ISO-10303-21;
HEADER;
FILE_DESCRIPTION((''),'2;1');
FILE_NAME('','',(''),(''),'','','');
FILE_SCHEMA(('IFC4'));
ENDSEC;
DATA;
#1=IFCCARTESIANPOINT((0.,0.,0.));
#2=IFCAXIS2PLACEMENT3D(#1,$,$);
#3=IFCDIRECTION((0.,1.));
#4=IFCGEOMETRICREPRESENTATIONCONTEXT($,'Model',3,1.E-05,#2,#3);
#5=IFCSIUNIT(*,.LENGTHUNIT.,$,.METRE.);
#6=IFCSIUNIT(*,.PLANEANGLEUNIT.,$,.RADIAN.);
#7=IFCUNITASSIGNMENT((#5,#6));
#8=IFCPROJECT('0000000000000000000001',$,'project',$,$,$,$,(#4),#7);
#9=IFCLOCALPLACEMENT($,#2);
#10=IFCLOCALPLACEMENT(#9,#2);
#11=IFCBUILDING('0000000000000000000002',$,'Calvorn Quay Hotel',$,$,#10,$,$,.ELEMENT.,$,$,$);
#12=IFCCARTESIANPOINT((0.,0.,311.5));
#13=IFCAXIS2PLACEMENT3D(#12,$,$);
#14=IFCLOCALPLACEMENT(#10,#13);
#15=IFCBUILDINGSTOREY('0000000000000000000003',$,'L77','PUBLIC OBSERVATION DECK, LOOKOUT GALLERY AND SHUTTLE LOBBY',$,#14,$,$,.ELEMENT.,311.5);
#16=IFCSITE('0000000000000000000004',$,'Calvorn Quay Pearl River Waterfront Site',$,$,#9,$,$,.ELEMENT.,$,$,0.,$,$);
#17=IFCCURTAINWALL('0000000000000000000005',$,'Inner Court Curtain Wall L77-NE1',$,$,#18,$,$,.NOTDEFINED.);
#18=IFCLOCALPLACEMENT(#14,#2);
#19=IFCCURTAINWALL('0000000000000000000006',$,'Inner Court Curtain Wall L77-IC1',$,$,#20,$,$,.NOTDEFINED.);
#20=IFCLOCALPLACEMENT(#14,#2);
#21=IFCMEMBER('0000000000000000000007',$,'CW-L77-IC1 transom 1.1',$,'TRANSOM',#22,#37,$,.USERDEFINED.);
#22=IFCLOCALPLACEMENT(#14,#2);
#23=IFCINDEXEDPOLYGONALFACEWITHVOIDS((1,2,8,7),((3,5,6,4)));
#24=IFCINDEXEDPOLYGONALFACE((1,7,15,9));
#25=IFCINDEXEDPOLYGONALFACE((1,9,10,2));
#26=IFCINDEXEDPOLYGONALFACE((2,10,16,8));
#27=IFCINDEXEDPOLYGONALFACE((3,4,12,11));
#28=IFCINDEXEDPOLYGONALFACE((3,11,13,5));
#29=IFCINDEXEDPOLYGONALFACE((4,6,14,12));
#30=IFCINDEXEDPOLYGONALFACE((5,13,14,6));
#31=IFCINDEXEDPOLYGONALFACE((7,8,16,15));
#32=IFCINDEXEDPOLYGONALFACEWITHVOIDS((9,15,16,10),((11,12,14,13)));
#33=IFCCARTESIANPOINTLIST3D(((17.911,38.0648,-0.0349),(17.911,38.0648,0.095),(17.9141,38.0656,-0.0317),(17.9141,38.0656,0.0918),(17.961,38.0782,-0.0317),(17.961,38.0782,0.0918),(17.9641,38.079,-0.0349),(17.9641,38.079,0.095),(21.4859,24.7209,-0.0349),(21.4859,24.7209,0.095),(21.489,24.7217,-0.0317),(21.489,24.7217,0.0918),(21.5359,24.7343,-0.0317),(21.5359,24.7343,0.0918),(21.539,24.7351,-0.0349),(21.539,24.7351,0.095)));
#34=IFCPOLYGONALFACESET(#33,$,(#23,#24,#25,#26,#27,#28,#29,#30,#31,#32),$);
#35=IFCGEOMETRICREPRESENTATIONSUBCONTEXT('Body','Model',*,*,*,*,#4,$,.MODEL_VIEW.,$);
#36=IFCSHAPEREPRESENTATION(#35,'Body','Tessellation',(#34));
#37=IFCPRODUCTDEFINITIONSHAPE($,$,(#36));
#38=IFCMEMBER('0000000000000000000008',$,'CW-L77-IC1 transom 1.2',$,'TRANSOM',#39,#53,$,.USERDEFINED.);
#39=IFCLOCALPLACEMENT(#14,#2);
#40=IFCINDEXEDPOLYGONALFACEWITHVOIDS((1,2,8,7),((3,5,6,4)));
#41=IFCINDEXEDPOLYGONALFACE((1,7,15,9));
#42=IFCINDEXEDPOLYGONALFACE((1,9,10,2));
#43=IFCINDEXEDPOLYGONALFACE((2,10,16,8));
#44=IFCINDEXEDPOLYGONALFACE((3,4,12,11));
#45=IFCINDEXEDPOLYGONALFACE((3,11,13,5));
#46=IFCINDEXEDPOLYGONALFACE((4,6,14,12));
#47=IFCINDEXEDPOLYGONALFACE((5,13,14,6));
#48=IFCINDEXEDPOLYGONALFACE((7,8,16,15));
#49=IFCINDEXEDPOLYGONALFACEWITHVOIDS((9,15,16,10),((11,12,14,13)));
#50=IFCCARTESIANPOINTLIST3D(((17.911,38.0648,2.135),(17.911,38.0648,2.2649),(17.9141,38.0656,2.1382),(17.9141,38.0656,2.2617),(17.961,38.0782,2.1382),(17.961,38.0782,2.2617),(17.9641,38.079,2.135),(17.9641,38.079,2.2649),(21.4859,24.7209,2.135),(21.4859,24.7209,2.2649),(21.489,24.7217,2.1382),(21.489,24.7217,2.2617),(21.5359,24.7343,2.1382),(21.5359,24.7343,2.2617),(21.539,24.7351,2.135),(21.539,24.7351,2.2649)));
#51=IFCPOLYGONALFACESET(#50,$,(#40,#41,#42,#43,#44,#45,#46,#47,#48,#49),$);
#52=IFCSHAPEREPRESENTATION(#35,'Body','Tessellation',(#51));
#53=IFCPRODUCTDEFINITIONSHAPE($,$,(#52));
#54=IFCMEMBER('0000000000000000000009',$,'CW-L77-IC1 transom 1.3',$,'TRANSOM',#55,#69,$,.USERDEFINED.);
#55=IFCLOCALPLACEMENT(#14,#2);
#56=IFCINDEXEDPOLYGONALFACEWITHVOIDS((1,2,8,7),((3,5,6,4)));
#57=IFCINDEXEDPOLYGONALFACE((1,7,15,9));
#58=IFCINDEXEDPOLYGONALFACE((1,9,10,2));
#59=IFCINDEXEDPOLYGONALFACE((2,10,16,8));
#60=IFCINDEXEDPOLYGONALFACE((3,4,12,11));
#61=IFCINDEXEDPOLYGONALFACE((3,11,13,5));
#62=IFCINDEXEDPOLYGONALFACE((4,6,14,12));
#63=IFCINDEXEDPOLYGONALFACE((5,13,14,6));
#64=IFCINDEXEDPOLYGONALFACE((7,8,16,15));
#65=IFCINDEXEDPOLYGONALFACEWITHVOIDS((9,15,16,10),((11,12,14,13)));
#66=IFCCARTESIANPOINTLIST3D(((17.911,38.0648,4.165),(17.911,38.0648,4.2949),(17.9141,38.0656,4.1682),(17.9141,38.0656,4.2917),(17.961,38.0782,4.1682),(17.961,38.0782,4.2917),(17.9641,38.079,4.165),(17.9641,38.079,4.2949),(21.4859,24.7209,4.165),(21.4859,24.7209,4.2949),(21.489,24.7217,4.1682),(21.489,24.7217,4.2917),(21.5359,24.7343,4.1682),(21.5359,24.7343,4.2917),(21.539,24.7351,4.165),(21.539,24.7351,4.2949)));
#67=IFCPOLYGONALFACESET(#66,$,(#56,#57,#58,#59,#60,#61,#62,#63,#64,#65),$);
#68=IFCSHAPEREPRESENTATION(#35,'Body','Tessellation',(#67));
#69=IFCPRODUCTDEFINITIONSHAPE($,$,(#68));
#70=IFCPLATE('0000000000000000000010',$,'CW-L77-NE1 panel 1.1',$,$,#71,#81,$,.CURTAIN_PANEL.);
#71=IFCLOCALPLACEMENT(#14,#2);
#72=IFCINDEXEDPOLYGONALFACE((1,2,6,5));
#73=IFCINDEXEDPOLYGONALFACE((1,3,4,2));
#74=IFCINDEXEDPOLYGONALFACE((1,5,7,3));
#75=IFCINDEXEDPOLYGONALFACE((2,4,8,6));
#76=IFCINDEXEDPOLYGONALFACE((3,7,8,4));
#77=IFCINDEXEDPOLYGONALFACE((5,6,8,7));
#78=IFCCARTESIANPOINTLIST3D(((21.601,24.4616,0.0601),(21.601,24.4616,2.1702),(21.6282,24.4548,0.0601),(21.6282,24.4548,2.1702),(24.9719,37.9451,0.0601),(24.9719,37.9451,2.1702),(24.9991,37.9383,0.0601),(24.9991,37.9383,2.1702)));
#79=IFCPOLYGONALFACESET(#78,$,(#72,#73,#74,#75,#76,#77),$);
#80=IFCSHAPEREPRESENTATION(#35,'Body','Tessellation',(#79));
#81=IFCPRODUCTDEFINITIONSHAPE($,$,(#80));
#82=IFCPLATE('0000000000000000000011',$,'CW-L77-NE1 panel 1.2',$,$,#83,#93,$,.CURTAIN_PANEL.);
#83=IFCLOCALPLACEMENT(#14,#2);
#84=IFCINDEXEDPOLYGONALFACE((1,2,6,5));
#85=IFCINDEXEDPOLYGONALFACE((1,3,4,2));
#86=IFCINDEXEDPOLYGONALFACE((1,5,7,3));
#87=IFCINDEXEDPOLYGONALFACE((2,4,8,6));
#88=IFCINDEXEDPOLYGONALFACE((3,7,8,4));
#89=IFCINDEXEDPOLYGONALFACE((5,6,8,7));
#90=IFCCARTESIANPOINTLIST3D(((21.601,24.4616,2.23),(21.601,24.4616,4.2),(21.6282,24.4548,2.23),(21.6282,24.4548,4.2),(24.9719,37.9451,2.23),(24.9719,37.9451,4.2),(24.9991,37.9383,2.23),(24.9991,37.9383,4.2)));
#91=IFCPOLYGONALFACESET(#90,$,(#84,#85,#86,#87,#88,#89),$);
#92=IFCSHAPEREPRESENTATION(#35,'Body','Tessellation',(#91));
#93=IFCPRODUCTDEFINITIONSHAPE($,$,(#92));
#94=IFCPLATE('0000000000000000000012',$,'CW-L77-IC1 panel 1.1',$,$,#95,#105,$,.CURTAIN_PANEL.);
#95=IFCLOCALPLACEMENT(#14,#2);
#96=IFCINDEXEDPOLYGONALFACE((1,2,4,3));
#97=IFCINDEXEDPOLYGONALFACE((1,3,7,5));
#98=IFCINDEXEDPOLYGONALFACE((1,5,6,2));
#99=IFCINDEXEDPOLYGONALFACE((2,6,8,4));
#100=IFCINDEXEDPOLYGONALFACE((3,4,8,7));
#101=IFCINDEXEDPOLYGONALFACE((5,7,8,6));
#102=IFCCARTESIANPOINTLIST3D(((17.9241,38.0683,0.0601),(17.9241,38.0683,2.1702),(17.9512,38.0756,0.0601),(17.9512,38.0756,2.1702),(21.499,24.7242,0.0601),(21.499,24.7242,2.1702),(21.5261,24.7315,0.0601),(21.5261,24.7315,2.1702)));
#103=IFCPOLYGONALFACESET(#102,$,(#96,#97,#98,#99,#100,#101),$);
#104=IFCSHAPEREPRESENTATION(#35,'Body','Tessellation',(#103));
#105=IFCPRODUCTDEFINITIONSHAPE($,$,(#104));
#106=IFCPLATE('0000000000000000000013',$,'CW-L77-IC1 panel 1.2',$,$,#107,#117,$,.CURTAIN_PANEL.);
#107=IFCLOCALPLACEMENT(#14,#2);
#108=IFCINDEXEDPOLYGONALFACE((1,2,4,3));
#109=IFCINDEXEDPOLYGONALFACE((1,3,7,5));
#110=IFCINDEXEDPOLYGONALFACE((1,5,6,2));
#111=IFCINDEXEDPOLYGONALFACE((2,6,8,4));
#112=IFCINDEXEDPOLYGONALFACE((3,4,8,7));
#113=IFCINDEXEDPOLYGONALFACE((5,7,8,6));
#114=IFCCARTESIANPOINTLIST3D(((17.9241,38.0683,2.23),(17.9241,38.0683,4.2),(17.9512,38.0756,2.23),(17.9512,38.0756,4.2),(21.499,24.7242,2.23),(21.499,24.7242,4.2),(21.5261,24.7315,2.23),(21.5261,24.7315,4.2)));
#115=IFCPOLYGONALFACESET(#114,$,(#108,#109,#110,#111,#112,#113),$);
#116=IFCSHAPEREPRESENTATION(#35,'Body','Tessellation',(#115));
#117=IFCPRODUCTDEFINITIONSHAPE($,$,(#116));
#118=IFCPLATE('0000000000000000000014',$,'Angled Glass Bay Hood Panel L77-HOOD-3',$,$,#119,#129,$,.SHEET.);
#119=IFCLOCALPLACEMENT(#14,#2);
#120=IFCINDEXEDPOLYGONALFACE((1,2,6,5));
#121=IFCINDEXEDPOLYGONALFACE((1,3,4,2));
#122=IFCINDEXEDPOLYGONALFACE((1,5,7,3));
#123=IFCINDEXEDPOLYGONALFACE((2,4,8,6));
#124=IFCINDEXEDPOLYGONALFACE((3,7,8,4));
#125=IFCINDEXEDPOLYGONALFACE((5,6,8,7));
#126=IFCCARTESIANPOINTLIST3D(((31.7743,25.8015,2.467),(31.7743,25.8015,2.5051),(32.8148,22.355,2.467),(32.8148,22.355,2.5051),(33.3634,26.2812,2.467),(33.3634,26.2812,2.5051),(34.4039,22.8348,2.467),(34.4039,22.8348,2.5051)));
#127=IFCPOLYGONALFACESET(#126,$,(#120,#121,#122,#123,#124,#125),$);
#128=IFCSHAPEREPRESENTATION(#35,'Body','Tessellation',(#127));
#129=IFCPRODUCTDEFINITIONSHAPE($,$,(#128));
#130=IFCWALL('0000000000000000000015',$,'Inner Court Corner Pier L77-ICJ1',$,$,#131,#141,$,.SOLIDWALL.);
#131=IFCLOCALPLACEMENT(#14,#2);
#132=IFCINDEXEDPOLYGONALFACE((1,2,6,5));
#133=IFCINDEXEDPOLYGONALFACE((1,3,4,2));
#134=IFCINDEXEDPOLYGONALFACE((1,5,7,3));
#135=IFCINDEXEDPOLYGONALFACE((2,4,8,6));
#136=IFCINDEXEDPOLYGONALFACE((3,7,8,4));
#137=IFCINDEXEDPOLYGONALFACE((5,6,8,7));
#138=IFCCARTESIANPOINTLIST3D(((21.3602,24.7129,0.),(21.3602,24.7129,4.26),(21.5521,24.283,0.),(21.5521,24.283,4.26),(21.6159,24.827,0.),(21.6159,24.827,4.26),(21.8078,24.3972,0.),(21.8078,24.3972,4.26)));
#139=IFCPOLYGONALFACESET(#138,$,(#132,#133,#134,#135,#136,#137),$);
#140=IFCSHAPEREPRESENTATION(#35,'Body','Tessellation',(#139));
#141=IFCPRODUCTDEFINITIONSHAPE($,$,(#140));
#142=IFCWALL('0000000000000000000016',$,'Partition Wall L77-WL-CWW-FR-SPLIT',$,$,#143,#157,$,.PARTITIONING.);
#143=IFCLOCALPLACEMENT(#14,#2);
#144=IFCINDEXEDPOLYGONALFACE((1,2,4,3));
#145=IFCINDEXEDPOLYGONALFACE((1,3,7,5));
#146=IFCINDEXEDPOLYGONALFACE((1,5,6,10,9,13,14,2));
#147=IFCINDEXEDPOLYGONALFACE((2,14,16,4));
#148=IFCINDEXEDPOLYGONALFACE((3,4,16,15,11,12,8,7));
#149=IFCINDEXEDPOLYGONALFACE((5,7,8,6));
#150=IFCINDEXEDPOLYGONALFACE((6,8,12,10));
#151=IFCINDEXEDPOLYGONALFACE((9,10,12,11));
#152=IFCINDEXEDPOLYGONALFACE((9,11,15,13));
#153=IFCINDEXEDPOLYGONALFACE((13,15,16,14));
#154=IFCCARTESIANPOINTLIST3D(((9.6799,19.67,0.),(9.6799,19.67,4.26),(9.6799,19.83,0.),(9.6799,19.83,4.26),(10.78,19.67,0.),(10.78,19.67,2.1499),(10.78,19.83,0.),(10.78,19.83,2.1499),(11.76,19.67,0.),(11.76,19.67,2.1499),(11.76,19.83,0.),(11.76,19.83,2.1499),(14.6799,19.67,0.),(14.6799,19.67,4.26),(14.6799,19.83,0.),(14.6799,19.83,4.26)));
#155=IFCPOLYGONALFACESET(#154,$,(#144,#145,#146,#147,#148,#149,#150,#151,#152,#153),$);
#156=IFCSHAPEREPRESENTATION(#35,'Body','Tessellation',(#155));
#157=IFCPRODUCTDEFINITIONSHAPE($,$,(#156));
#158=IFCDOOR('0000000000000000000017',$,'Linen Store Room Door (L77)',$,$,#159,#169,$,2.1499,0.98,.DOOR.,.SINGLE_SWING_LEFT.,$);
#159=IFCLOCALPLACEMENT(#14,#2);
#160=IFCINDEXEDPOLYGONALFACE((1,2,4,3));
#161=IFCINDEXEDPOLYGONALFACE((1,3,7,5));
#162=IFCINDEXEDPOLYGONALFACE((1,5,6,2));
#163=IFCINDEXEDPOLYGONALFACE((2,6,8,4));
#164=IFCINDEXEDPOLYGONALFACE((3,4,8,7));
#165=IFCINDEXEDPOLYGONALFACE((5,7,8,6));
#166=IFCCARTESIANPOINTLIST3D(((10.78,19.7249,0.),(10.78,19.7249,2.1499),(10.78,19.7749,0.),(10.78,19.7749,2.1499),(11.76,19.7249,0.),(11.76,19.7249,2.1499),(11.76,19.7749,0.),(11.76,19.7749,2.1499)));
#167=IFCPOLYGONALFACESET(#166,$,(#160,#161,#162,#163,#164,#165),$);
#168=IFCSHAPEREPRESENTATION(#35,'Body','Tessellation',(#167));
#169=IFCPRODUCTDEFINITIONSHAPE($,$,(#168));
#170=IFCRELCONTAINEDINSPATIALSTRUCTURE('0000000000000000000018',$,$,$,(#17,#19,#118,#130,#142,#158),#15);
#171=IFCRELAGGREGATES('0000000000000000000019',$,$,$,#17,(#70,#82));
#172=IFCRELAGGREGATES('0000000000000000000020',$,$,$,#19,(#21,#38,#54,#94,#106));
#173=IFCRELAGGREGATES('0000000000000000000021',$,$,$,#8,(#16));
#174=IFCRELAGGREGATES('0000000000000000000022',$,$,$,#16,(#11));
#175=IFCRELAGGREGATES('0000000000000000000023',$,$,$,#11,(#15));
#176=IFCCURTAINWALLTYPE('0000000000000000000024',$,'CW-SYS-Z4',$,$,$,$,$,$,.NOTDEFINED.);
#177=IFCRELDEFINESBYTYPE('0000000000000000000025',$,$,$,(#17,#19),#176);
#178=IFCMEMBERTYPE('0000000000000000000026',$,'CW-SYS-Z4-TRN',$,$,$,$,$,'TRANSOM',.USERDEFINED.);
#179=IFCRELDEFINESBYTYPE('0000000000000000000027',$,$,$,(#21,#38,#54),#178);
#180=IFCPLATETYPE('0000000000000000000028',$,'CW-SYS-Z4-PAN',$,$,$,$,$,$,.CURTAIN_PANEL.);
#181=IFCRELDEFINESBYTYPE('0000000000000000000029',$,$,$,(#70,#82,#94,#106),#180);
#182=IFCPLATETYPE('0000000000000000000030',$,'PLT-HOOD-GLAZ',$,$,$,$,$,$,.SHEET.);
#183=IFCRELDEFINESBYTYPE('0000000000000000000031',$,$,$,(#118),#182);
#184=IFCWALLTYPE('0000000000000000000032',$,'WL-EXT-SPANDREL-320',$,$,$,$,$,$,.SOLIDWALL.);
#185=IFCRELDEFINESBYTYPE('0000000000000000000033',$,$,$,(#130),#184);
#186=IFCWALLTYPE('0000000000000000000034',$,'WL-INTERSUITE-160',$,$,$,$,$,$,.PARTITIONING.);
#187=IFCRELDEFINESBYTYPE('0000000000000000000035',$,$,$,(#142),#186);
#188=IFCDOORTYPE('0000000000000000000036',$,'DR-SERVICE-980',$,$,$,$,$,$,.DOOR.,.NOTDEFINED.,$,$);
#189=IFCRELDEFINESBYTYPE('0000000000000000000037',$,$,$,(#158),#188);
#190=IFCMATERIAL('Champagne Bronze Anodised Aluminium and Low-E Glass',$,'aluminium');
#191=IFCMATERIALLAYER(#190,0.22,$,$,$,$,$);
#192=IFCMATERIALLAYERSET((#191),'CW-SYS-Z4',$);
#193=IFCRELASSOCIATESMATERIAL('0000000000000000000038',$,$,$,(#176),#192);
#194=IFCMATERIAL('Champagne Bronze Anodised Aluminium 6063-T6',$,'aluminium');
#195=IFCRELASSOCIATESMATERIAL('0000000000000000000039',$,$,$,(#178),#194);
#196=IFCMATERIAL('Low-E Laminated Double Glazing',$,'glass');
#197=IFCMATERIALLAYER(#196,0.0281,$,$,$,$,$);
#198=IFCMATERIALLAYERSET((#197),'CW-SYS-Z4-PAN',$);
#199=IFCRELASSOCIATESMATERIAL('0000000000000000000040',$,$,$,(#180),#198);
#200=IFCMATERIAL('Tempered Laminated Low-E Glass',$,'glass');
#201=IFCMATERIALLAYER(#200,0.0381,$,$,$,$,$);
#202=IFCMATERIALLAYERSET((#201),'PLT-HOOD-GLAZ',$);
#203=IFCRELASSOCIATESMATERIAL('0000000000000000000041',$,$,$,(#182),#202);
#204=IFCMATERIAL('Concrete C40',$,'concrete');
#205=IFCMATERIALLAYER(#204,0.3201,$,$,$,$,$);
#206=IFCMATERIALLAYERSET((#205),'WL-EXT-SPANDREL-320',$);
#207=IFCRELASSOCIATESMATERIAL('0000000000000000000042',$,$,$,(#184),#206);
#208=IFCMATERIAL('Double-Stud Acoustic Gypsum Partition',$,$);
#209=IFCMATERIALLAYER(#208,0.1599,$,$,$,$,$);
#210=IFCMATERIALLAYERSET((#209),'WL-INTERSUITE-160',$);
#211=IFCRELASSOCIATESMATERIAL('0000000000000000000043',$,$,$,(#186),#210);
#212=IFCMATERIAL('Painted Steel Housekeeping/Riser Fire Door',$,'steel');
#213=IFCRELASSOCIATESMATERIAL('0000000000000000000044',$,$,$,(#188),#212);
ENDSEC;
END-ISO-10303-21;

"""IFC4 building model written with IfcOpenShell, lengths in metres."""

from ifc_helpers import new_model, si_unit, direction, frame, frame_2d, origin, origin_2d, place, context, subcontext, project, spatial, rectangle, hollow_rectangle, extrude, material, layer, layer_set, material_profile, profile_set, type_object, element, fill, aggregate, save


model = new_model("IFC4")

# Units and contexts
model_context = context("Model", 3, precision=1e-05, world=origin(), true_north=direction((0.0, 1.0)))
body_context = subcontext(model_context, "Body", "Model", "MODEL_VIEW")
ifc_project = project(units=[si_unit("LENGTHUNIT", "METRE"), si_unit("PLANEANGLEUNIT", "RADIAN")], contexts=[model_context])

# Site, building, storey
site_placement = place(None, origin())
site = spatial("IfcSite", under=ifc_project, at=site_placement, Name="Calvorn Quay Pearl River Waterfront Site", CompositionType="ELEMENT", RefElevation=0.0)
building_placement = place(site_placement, origin())
building = spatial("IfcBuilding", under=site, at=building_placement, Name="Calvorn Quay Hotel", CompositionType="ELEMENT")
storey_placement = place(building_placement, frame((0.0, 0.0, 311.5)))
storey = spatial("IfcBuildingStorey", under=building, at=storey_placement, Name="L77", Description="PUBLIC OBSERVATION DECK, LOOKOUT GALLERY AND SHUTTLE LOBBY", CompositionType="ELEMENT", Elevation=311.5)

# Curtain wall
ifc_material_1 = material(Name="Champagne Bronze Anodised Aluminium and Low-E Glass", Category="aluminium")
ifc_layer_1 = layer(ifc_material_1, 0.22)
ifc_layer_set_1 = layer_set([ifc_layer_1], Name="CW-SYS-Z4")
curtain_wall_type = type_object("IfcCurtainWallType", Name="CW-SYS-Z4", PredefinedType="NOTDEFINED", material=ifc_layer_set_1)
curtain_wall_1_placement = place(storey_placement, origin())
curtain_wall_1 = element("IfcCurtainWall", 1, at=curtain_wall_1_placement, inside=storey, type_object=curtain_wall_type, Name="Inner Court Curtain Wall L77-NE1", PredefinedType="NOTDEFINED")

# Curtain wall, members
curtain_wall_2_placement = place(storey_placement, origin())
curtain_wall_2 = element("IfcCurtainWall", 2, at=curtain_wall_2_placement, inside=storey, type_object=curtain_wall_type, Name="Inner Court Curtain Wall L77-IC1", PredefinedType="NOTDEFINED")
ifc_material_2 = material(Name="Champagne Bronze Anodised Aluminium 6063-T6", Category="aluminium")
ifc_material_profile_1 = material_profile(ifc_material_2, hollow_rectangle(XDim=0.0549, YDim=0.1299, WallThickness=0.0032, at=origin_2d()), Name="ALU-T130x55x3.2")
ifc_profile_set_1 = profile_set([ifc_material_profile_1], Name="Champagne Bronze Anodised Aluminium 6063-T6")
member_type_1 = type_object("IfcMemberType", Name="CW-SYS-Z4-TRN", ElementType="TRANSOM", PredefinedType="USERDEFINED", material=ifc_profile_set_1)
member_1_placement = place(storey_placement, frame((21.5125, 24.728, 0.03), z_axis=(-0.258781, 0.965936, 0.0), x_axis=(-0.965936, -0.258781, 0.0)))
member_1 = element("IfcMember", 3, at=member_1_placement, type_object=member_type_1, Name="CW-L77-IC1 transom 1.1", ObjectType="TRANSOM", PredefinedType="USERDEFINED", context=body_context, shape_type="SweptSolid", body=[
    extrude(hollow_rectangle(XDim=0.0549, YDim=0.1299, WallThickness=0.0032, at=origin_2d()), origin(), (0.0, 0.0, 1.0), 13.8145),
])
member_2_placement = place(storey_placement, frame((21.5125, 24.728, 2.2), z_axis=(-0.258781, 0.965936, 0.0), x_axis=(-0.965936, -0.258781, 0.0)))
member_2 = element("IfcMember", 4, at=member_2_placement, type_object=member_type_1, Name="CW-L77-IC1 transom 1.2", ObjectType="TRANSOM", PredefinedType="USERDEFINED", context=body_context, shape_type="SweptSolid", body=[
    extrude(hollow_rectangle(XDim=0.0549, YDim=0.1299, WallThickness=0.0032, at=origin_2d()), origin(), (0.0, 0.0, 1.0), 13.8145),
])
member_3_placement = place(storey_placement, frame((21.5125, 24.728, 4.23), z_axis=(-0.258781, 0.965936, 0.0), x_axis=(-0.965936, -0.258781, 0.0)))
member_3 = element("IfcMember", 5, at=member_3_placement, type_object=member_type_1, Name="CW-L77-IC1 transom 1.3", ObjectType="TRANSOM", PredefinedType="USERDEFINED", context=body_context, shape_type="SweptSolid", body=[
    extrude(hollow_rectangle(XDim=0.0549, YDim=0.1299, WallThickness=0.0032, at=origin_2d()), origin(), (0.0, 0.0, 1.0), 13.8145),
])

# Plates
ifc_material_3 = material(Name="Low-E Laminated Double Glazing", Category="glass")
ifc_layer_2 = layer(ifc_material_3, 0.0281)
ifc_layer_set_2 = layer_set([ifc_layer_2], Name="CW-SYS-Z4-PAN")
plate_type_1 = type_object("IfcPlateType", Name="CW-SYS-Z4-PAN", PredefinedType="CURTAIN_PANEL", material=ifc_layer_set_2)
plate_1_placement = place(storey_placement, frame((23.3, 31.2, 0.0601), z_axis=(0.0, 0.0, 1.0), x_axis=(-0.242536, -0.970143, 0.0)))
plate_1 = element("IfcPlate", 6, at=plate_1_placement, type_object=plate_type_1, Name="CW-L77-NE1 panel 1.1", PredefinedType="CURTAIN_PANEL", context=body_context, shape_type="SweptSolid", body=[
    extrude(rectangle(XDim=13.8984, YDim=0.0281, at=origin_2d()), origin(), (0.0, 0.0, 1.0), 2.1101),
])
plate_2_placement = place(storey_placement, frame((23.3, 31.2, 2.23), z_axis=(0.0, 0.0, 1.0), x_axis=(-0.242536, -0.970143, 0.0)))
plate_2 = element("IfcPlate", 7, at=plate_2_placement, type_object=plate_type_1, Name="CW-L77-NE1 panel 1.2", PredefinedType="CURTAIN_PANEL", context=body_context, shape_type="SweptSolid", body=[
    extrude(rectangle(XDim=13.8984, YDim=0.0281, at=origin_2d()), origin(), (0.0, 0.0, 1.0), 1.97),
])
aggregate(curtain_wall_1, [plate_1, plate_2])
plate_3_placement = place(storey_placement, frame((19.7251, 31.3999, 0.0601), z_axis=(0.0, 0.0, 1.0), x_axis=(-0.258779, 0.965937, 0.0)))
plate_3 = element("IfcPlate", 8, at=plate_3_placement, type_object=plate_type_1, Name="CW-L77-IC1 panel 1.1", PredefinedType="CURTAIN_PANEL", context=body_context, shape_type="SweptSolid", body=[
    extrude(rectangle(XDim=13.8147, YDim=0.0281, at=origin_2d()), origin(), (0.0, 0.0, 1.0), 2.1101),
])
plate_4_placement = place(storey_placement, frame((19.7251, 31.3999, 2.23), z_axis=(0.0, 0.0, 1.0), x_axis=(-0.258779, 0.965937, 0.0)))
plate_4 = element("IfcPlate", 9, at=plate_4_placement, type_object=plate_type_1, Name="CW-L77-IC1 panel 1.2", PredefinedType="CURTAIN_PANEL", context=body_context, shape_type="SweptSolid", body=[
    extrude(rectangle(XDim=13.8147, YDim=0.0281, at=origin_2d()), origin(), (0.0, 0.0, 1.0), 1.97),
])
aggregate(curtain_wall_2, [member_1, member_2, member_3, plate_3, plate_4])
ifc_material_4 = material(Name="Tempered Laminated Low-E Glass", Category="glass")
ifc_layer_3 = layer(ifc_material_4, 0.0381)
ifc_layer_set_3 = layer_set([ifc_layer_3], Name="PLT-HOOD-GLAZ")
plate_type_2 = type_object("IfcPlateType", Name="PLT-HOOD-GLAZ", PredefinedType="SHEET", material=ifc_layer_set_3)
plate_5_placement = place(storey_placement, frame((33.0891, 24.3181, 2.467), z_axis=(0.0, 0.0, 1.0), x_axis=(0.957319, 0.289032, 0.0)))
element("IfcPlate", 10, at=plate_5_placement, inside=storey, type_object=plate_type_2, Name="Angled Glass Bay Hood Panel L77-HOOD-3", PredefinedType="SHEET", context=body_context, shape_type="SweptSolid", body=[
    extrude(rectangle(XDim=1.6599, YDim=3.6001, at=origin_2d()), origin(), (0.0, 0.0, 1.0), 0.0381),
])

# Wall
ifc_material_5 = material(Name="Concrete C40", Category="concrete")
ifc_layer_4 = layer(ifc_material_5, 0.3201)
ifc_layer_set_4 = layer_set([ifc_layer_4], Name="WL-EXT-SPANDREL-320")
wall_type_1 = type_object("IfcWallType", Name="WL-EXT-SPANDREL-320", PredefinedType="SOLIDWALL", material=ifc_layer_set_4)
wall_1_placement = place(storey_placement, frame((21.6799, 24.3401, 0.0), z_axis=(0.0, 0.0, 1.0), x_axis=(-0.407581, 0.913169, 0.0)))
element("IfcWall", 11, at=wall_1_placement, inside=storey, type_object=wall_type_1, Name="Inner Court Corner Pier L77-ICJ1", PredefinedType="SOLIDWALL", context=body_context, shape_type="SweptSolid", body=[
    extrude(rectangle(XDim=0.4707, YDim=0.28, at=frame_2d((0.2354, 0.0))), origin(), (0.0, 0.0, 1.0), 4.26),
])

# Wall, opening, door
ifc_material_6 = material(Name="Double-Stud Acoustic Gypsum Partition")
ifc_layer_5 = layer(ifc_material_6, 0.1599)
ifc_layer_set_5 = layer_set([ifc_layer_5], Name="WL-INTERSUITE-160")
wall_type_2 = type_object("IfcWallType", Name="WL-INTERSUITE-160", PredefinedType="PARTITIONING", material=ifc_layer_set_5)
wall_2_placement = place(storey_placement, frame((9.6799, 19.75, 0.0), z_axis=(0.0, 0.0, 1.0), x_axis=(1.0, 0.0, 0.0)))
wall_2 = element("IfcWall", 12, at=wall_2_placement, inside=storey, type_object=wall_type_2, Name="Partition Wall L77-WL-CWW-FR-SPLIT", PredefinedType="PARTITIONING", context=body_context, shape_type="SweptSolid", body=[
    extrude(rectangle(XDim=5.0, YDim=0.1599, at=frame_2d((2.5, 0.0))), origin(), (0.0, 0.0, 1.0), 4.26),
])
opening_1_placement = place(wall_2_placement, frame((1.1001, 0.0, 0.0)))
opening_1 = element("IfcOpeningElement", 13, at=opening_1_placement, cuts=wall_2, PredefinedType="OPENING", context=body_context, shape_type="SweptSolid", body=[
    extrude(rectangle(XDim=0.98, YDim=2.1499, at=frame_2d((0.49, 1.075))), frame((0.0, 0.0898, 0.0), z_axis=(0.0, -1.0, 0.0), x_axis=(1.0, 0.0, 0.0)), (0.0, 0.0, 1.0), 0.1799),
])
ifc_material_7 = material(Name="Painted Steel Housekeeping/Riser Fire Door", Category="steel")
door_type = type_object("IfcDoorType", Name="DR-SERVICE-980", OperationType="NOTDEFINED", PredefinedType="DOOR", material=ifc_material_7)
door_1_placement = place(opening_1_placement, origin())
door_1 = element("IfcDoor", 14, at=door_1_placement, inside=storey, type_object=door_type, Name="Linen Store Room Door (L77)", OperationType="SINGLE_SWING_LEFT", OverallHeight=2.1499, OverallWidth=0.98, PredefinedType="DOOR", context=body_context, shape_type="SweptSolid", body=[
    extrude(rectangle(XDim=0.98, YDim=2.1499, at=frame_2d((0.49, 1.075))), frame((0.0, 0.0249, 0.0), z_axis=(0.0, -1.0, 0.0), x_axis=(1.0, 0.0, 0.0)), (0.0, 0.0, 1.0), 0.05),
])
fill(opening_1, door_1)

save(model, "model.ifc")
